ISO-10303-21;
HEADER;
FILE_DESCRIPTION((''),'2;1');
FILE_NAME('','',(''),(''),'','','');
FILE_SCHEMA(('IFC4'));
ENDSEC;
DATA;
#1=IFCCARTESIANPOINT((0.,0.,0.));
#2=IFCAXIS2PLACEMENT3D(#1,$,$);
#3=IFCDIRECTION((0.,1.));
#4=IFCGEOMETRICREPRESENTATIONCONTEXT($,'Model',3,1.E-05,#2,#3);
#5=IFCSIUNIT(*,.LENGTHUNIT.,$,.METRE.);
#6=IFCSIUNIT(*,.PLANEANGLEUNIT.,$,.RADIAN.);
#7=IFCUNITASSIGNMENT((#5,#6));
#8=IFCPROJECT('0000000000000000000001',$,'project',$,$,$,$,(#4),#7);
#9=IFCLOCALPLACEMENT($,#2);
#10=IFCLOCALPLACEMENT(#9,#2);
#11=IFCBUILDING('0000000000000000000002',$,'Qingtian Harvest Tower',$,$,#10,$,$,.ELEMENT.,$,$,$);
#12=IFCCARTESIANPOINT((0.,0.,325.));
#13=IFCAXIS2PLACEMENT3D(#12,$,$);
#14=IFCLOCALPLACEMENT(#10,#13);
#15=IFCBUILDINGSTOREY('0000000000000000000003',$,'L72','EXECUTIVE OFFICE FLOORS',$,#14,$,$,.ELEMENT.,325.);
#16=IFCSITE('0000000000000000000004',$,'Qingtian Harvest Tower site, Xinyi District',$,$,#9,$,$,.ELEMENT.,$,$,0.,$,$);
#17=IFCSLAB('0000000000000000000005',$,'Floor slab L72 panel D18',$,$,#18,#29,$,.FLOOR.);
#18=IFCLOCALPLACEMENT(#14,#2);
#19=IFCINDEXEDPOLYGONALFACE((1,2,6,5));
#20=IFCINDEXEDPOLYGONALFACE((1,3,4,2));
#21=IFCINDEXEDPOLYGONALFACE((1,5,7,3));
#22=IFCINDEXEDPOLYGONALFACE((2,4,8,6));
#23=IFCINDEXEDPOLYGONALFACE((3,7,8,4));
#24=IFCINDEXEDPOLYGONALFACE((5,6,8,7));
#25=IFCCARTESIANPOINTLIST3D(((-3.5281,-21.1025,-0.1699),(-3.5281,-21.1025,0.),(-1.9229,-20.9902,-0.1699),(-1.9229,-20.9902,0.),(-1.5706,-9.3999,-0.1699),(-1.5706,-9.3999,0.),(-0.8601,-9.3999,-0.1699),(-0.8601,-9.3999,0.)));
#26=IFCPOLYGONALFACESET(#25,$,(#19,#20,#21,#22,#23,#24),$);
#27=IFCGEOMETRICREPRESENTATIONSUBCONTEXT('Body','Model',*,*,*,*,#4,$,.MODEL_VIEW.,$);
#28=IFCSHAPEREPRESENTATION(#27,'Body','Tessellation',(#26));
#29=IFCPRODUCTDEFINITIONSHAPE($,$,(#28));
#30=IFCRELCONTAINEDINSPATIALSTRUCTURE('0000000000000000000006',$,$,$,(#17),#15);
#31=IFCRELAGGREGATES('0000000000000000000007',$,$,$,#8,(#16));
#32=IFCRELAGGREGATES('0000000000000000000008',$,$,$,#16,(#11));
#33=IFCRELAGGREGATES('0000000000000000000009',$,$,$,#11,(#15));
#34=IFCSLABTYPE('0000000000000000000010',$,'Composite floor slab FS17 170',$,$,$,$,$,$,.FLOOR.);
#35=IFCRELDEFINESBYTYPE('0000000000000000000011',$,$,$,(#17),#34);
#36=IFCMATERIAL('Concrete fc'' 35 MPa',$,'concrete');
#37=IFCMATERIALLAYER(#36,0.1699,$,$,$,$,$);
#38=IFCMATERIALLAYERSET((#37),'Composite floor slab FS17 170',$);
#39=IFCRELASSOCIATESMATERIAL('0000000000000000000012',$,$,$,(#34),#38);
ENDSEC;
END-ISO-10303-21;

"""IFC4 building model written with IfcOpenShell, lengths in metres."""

from ifc_helpers import new_model, si_unit, direction, frame, origin, place, context, subcontext, project, spatial, polyline, outline, extrude, material, layer, layer_set, type_object, element, save


model = new_model("IFC4")

# Units and contexts
model_context = context("Model", 3, precision=1e-05, world=origin(), true_north=direction((0.0, 1.0)))
body_context = subcontext(model_context, "Body", "Model", "MODEL_VIEW")
ifc_project = project(units=[si_unit("LENGTHUNIT", "METRE"), si_unit("PLANEANGLEUNIT", "RADIAN")], contexts=[model_context])

# Site, building, storey
site_placement = place(None, origin())
site = spatial("IfcSite", under=ifc_project, at=site_placement, Name="Qingtian Harvest Tower site, Xinyi District", CompositionType="ELEMENT", RefElevation=0.0)
building_placement = place(site_placement, origin())
building = spatial("IfcBuilding", under=site, at=building_placement, Name="Qingtian Harvest Tower", CompositionType="ELEMENT")
storey_placement = place(building_placement, frame((0.0, 0.0, 325.0)))
storey = spatial("IfcBuildingStorey", under=building, at=storey_placement, Name="L72", Description="EXECUTIVE OFFICE FLOORS", CompositionType="ELEMENT", Elevation=325.0)

# Slab
ifc_material = material(Name="Concrete fc' 35 MPa", Category="concrete")
ifc_layer = layer(ifc_material, 0.1699)
ifc_layer_set = layer_set([ifc_layer], Name="Composite floor slab FS17 170")
slab_type = type_object("IfcSlabType", Name="Composite floor slab FS17 170", PredefinedType="FLOOR", material=ifc_layer_set)
slab_1_placement = place(storey_placement, frame((0.0, 0.0, -0.1699)))
element("IfcSlab", 1, at=slab_1_placement, inside=storey, type_object=slab_type, Name="Floor slab L72 panel D18", PredefinedType="FLOOR", context=body_context, shape_type="SweptSolid", body=[
    extrude(outline(polyline([(-0.8601, -9.3999), (-1.9229, -20.9902), (-3.5281, -21.1025), (-1.5706, -9.3999), (-0.8601, -9.3999)])), origin(), (0.0, 0.0, 1.0), 0.1699),
])

save(model, "model.ifc")
